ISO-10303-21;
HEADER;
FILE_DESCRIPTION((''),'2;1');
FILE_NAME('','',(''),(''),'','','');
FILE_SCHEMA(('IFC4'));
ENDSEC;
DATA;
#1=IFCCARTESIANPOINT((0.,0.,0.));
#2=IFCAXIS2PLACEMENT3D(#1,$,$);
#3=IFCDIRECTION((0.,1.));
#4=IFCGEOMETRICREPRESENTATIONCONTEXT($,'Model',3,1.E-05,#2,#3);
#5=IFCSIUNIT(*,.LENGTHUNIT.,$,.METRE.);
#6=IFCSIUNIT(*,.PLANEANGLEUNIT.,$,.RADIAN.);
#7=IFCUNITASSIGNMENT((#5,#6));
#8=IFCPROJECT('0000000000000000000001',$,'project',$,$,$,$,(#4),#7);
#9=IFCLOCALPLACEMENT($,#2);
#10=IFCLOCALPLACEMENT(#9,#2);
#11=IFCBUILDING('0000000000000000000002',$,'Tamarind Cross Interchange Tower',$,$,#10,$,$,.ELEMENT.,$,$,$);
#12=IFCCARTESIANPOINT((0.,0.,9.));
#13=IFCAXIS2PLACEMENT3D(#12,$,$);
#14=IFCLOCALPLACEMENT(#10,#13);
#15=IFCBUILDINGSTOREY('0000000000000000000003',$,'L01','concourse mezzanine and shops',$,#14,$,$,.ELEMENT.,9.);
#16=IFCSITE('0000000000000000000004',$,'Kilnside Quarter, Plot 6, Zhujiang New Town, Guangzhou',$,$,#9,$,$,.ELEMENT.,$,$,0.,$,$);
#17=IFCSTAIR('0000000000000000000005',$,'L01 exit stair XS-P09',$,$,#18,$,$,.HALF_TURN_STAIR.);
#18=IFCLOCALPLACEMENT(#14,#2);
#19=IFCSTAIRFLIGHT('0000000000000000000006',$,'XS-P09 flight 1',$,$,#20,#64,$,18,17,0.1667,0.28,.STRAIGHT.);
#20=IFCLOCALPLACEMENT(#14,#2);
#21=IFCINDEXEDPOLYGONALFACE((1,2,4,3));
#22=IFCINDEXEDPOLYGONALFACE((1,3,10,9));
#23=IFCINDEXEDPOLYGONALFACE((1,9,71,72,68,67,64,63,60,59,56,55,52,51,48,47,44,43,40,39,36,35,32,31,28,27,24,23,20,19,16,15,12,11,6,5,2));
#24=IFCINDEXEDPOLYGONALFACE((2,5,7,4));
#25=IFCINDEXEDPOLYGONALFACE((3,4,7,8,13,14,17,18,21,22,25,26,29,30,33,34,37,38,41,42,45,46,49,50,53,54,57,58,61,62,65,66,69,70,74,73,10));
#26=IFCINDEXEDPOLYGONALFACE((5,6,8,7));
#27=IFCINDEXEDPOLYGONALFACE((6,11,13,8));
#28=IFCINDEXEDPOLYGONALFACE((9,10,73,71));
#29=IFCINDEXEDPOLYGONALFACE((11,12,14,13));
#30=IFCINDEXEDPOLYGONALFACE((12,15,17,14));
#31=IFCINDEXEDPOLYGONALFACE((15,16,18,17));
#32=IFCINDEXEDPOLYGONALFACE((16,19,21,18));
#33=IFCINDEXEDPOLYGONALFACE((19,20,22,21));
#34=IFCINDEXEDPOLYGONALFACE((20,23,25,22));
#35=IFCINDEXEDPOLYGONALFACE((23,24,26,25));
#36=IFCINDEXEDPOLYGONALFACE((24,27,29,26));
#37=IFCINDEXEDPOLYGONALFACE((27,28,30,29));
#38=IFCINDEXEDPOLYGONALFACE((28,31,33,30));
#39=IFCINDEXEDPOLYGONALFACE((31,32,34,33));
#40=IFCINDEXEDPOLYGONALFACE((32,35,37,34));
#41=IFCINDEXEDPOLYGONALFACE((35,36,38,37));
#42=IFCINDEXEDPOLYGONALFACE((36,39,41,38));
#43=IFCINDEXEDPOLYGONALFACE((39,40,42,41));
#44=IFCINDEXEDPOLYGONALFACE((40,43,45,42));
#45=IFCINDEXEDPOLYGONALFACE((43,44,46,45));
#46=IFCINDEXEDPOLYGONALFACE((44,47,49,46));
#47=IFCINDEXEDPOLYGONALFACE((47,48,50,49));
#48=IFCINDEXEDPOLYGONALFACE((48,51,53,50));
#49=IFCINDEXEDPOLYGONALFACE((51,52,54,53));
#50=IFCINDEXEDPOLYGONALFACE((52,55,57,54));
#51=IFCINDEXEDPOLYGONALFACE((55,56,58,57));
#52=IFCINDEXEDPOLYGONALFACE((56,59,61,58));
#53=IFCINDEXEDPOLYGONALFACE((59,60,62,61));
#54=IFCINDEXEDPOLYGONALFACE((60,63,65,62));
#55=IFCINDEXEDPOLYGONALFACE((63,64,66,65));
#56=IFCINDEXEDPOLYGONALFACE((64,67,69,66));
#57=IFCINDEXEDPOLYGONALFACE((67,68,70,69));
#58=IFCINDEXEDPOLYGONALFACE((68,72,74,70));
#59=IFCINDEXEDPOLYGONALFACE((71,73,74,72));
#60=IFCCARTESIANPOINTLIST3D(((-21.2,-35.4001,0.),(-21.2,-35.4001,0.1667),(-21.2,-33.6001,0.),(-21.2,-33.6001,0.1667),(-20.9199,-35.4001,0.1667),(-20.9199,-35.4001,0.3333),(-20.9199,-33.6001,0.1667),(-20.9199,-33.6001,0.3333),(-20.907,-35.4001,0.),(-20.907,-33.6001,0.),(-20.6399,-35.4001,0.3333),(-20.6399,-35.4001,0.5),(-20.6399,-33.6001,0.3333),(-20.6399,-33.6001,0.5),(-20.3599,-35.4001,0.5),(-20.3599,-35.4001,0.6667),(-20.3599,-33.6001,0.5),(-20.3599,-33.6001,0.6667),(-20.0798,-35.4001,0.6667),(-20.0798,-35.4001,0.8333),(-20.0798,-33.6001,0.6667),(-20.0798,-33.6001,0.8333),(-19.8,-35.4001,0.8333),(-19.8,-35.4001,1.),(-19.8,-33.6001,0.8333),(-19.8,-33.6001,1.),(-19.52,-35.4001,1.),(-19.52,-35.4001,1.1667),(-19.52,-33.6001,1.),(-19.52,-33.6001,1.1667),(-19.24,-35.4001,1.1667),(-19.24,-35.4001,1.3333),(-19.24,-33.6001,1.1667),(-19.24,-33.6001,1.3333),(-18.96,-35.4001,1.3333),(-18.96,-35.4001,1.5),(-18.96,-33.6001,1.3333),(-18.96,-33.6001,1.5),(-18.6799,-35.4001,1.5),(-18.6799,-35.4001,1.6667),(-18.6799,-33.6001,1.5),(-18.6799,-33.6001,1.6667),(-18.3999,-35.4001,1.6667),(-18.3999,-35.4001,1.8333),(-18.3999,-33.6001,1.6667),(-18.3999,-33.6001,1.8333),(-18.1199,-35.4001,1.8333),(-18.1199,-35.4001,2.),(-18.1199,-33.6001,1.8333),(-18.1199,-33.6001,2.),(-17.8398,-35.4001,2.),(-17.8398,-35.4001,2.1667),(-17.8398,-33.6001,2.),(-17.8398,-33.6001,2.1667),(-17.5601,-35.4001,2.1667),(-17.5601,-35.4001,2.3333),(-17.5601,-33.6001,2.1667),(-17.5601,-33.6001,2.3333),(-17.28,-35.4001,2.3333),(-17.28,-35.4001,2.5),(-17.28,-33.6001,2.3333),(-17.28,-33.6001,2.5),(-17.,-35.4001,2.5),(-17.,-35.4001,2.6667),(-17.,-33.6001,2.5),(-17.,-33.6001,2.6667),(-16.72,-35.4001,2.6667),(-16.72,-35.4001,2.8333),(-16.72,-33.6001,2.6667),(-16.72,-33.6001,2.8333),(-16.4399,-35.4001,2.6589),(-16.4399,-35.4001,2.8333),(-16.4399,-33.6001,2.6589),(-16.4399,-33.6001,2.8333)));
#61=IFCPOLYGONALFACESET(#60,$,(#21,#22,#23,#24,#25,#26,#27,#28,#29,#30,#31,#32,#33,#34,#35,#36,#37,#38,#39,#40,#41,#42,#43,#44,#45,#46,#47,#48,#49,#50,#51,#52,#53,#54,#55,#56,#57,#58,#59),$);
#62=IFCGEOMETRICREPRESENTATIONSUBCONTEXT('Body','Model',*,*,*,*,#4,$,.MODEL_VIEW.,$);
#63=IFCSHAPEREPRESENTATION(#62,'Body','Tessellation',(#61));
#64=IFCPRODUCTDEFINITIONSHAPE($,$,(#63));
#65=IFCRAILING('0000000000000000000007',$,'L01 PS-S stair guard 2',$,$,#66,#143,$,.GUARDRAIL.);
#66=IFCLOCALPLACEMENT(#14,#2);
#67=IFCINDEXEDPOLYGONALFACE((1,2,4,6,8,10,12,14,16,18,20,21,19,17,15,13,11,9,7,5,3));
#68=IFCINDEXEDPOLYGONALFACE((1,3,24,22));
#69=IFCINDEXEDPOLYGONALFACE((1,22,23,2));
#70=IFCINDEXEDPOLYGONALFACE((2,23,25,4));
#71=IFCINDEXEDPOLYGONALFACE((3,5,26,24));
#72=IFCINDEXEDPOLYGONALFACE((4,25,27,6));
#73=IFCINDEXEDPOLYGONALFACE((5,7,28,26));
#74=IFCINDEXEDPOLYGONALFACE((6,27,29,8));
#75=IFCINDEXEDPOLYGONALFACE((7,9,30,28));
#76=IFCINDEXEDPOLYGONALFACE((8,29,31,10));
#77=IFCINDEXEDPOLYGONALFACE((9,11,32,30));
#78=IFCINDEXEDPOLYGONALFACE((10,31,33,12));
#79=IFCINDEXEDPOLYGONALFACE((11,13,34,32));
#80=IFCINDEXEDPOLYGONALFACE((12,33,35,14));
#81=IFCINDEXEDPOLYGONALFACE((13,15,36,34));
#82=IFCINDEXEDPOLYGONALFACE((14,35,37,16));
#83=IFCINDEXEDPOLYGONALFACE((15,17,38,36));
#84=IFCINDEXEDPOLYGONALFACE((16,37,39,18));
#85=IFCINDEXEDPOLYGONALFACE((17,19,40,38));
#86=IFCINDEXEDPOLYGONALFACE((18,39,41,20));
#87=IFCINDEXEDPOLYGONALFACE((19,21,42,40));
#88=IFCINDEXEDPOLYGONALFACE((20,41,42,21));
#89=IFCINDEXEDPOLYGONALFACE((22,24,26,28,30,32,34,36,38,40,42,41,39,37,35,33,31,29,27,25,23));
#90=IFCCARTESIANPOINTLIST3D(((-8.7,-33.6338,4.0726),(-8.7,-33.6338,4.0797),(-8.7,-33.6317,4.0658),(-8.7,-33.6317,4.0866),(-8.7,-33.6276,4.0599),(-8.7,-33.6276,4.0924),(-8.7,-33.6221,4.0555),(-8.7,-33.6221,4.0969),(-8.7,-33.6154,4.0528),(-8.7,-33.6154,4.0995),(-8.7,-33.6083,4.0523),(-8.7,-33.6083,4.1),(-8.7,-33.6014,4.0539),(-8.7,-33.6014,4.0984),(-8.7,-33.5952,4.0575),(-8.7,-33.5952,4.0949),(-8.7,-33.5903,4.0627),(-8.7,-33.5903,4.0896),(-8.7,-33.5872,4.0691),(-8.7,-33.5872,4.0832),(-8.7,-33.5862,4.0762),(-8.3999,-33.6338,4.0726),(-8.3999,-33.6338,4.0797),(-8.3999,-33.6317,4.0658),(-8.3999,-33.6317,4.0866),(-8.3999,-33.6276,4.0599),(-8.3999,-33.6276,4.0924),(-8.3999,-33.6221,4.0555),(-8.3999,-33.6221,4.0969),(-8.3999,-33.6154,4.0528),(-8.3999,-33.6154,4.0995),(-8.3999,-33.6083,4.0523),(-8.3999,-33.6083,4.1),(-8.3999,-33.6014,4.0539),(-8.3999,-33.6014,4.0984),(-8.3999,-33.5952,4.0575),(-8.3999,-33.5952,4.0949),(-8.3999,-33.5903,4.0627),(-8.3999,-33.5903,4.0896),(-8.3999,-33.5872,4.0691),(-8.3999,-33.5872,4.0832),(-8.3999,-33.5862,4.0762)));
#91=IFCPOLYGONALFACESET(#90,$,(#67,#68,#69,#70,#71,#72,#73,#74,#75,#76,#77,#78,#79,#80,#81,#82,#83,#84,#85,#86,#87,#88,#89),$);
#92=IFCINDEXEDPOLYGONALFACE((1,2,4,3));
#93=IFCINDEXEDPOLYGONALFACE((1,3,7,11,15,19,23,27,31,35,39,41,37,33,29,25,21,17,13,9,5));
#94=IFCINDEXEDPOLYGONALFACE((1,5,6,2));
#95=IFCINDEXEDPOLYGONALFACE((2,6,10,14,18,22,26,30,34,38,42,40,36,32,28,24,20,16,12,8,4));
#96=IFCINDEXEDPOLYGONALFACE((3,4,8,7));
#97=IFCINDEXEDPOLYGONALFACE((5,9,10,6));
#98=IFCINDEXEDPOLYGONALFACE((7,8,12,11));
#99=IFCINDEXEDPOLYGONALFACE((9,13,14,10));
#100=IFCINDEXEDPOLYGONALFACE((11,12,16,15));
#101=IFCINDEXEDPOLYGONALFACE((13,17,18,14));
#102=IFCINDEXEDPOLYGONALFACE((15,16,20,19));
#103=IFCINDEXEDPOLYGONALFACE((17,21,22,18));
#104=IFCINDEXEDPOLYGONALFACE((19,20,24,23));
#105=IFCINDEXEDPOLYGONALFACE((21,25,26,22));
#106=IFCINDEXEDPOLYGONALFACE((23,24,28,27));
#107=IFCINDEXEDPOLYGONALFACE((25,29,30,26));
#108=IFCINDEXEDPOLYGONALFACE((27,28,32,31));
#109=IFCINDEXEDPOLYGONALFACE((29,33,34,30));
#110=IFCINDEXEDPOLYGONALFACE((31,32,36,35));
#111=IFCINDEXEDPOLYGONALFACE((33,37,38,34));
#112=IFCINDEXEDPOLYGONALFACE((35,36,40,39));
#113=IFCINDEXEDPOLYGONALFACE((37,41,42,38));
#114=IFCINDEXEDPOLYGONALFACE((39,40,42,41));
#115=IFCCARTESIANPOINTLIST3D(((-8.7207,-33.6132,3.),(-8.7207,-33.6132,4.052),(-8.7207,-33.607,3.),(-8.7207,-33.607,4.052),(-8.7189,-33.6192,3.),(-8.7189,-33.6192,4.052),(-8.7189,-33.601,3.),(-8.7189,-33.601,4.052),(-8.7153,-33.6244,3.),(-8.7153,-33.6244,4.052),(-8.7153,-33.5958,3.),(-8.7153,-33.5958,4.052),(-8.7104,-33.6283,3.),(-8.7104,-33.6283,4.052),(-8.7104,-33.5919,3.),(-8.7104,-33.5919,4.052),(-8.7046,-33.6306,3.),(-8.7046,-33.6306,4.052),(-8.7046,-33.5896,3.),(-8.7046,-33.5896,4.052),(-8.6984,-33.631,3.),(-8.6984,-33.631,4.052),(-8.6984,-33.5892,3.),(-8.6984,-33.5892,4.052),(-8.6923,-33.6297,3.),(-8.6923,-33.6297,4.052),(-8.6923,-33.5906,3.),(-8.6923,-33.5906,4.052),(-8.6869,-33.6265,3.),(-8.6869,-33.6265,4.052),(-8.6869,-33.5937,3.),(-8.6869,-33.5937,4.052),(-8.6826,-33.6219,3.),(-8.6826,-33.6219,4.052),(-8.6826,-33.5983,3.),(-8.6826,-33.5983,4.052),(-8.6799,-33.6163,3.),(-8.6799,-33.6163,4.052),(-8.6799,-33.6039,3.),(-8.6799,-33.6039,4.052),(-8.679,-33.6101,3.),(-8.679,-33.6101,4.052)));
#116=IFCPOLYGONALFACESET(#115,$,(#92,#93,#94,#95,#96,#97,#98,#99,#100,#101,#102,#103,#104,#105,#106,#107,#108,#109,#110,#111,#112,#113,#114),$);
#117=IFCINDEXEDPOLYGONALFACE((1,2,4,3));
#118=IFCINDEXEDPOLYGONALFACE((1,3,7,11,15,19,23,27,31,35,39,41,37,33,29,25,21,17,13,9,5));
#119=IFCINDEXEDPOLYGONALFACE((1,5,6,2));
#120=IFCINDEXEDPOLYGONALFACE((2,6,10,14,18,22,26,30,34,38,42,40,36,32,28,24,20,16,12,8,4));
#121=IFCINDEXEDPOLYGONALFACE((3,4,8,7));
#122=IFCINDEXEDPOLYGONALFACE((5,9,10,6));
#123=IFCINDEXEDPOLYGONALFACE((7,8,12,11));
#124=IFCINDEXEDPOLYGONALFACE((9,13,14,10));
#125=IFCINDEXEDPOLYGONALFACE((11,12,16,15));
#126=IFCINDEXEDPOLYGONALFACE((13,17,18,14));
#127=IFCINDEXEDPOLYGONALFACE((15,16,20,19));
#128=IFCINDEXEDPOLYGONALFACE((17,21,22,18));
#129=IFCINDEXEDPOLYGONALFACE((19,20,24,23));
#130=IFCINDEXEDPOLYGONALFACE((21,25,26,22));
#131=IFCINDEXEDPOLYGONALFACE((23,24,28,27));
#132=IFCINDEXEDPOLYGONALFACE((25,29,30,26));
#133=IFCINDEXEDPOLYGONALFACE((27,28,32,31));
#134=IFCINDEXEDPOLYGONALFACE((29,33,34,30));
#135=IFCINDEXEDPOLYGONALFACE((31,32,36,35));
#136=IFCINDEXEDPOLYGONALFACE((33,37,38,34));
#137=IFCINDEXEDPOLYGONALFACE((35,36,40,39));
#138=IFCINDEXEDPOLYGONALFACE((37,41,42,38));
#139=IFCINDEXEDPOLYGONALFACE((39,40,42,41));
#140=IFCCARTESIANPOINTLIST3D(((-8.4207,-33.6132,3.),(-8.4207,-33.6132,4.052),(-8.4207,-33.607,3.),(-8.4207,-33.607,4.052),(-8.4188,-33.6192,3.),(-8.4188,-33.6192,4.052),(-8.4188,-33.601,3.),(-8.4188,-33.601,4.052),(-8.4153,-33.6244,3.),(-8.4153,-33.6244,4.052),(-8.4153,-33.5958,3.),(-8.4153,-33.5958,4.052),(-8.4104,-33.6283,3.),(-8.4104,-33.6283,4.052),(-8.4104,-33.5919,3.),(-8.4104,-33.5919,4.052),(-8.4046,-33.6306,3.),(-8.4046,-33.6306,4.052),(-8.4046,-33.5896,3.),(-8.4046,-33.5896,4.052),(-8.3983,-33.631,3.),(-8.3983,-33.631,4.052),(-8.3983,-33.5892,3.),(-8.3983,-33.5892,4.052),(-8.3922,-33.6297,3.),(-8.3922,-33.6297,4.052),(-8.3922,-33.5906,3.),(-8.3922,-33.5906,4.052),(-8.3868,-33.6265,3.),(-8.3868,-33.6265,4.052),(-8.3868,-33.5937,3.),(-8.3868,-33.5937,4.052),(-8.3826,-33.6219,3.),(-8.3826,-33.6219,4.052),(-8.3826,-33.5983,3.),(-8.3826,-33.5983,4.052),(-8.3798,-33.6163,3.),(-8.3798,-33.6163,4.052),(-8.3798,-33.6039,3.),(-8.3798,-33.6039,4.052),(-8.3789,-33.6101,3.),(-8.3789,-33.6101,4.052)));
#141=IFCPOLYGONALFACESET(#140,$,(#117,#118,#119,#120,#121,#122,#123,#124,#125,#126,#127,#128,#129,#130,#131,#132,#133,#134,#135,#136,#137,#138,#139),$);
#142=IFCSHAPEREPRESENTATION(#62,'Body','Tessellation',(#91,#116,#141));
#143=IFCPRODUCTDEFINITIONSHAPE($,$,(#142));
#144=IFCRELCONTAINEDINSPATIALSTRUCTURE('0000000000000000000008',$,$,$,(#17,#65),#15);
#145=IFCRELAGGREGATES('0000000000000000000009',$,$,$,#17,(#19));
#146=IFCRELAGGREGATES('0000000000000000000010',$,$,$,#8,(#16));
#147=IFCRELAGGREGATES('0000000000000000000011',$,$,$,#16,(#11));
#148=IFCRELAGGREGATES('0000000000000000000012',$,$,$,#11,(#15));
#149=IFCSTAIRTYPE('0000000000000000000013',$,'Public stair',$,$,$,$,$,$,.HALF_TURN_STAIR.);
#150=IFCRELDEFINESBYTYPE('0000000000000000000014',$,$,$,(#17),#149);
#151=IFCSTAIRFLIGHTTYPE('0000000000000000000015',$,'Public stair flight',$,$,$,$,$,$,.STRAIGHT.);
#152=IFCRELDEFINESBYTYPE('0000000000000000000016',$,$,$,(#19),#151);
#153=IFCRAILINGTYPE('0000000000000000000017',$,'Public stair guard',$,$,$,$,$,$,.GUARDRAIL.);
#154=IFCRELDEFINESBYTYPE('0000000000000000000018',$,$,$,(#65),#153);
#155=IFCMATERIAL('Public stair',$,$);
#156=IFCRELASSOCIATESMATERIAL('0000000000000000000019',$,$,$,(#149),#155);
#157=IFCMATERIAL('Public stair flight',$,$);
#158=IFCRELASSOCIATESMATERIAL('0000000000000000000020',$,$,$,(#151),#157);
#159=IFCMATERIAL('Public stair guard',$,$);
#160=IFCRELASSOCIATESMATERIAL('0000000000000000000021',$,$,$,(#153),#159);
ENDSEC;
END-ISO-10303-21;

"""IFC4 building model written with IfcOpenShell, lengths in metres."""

from ifc_helpers import new_model, si_unit, direction, frame, origin, origin_2d, place, context, subcontext, project, spatial, polyline, circle, outline, extrude, material, type_object, element, aggregate, save


model = new_model("IFC4")

# Units and contexts
model_context = context("Model", 3, precision=1e-05, world=origin(), true_north=direction((0.0, 1.0)))
body_context = subcontext(model_context, "Body", "Model", "MODEL_VIEW")
ifc_project = project(units=[si_unit("LENGTHUNIT", "METRE"), si_unit("PLANEANGLEUNIT", "RADIAN")], contexts=[model_context])

# Site, building, storey
site_placement = place(None, origin())
site = spatial("IfcSite", under=ifc_project, at=site_placement, Name="Kilnside Quarter, Plot 6, Zhujiang New Town, Guangzhou", CompositionType="ELEMENT", RefElevation=0.0)
building_placement = place(site_placement, origin())
building = spatial("IfcBuilding", under=site, at=building_placement, Name="Tamarind Cross Interchange Tower", CompositionType="ELEMENT")
storey_placement = place(building_placement, frame((0.0, 0.0, 9.0)))
storey = spatial("IfcBuildingStorey", under=building, at=storey_placement, Name="L01", Description="concourse mezzanine and shops", CompositionType="ELEMENT", Elevation=9.0)

# Stair, stair flight
ifc_material_1 = material(Name="Public stair")
stair_type = type_object("IfcStairType", Name="Public stair", PredefinedType="HALF_TURN_STAIR", material=ifc_material_1)
stair_placement = place(storey_placement, origin())
stair = element("IfcStair", 1, at=stair_placement, inside=storey, type_object=stair_type, Name="L01 exit stair XS-P09", PredefinedType="HALF_TURN_STAIR")
ifc_material_2 = material(Name="Public stair flight")
stair_flight_type = type_object("IfcStairFlightType", Name="Public stair flight", PredefinedType="STRAIGHT", material=ifc_material_2)
stair_flight_placement = place(storey_placement, frame((-21.2, -34.5, 0.0), z_axis=(0.0, 0.0, 1.0), x_axis=(1.0, 0.0, 0.0)))
stair_flight = element("IfcStairFlight", 2, at=stair_flight_placement, type_object=stair_flight_type, Name="XS-P09 flight 1", NumberOfRisers=18, NumberOfTreads=17, PredefinedType="STRAIGHT", RiserHeight=0.1667, TreadLength=0.28, context=body_context, shape_type="SweptSolid", body=[
    extrude(outline(polyline([(0.0, 0.0), (0.0, 0.1667), (0.28, 0.1667), (0.28, 0.3333), (0.5601, 0.3333), (0.5601, 0.5), (0.8401, 0.5), (0.8401, 0.6667), (1.1201, 0.6667), (1.1201, 0.8333), (1.3999, 0.8333), (1.3999, 1.0), (1.6799, 1.0), (1.6799, 1.1667), (1.96, 1.1667), (1.96, 1.3333), (2.24, 1.3333), (2.24, 1.5), (2.52, 1.5), (2.52, 1.6667), (2.8, 1.6667), (2.8, 1.8333), (3.0801, 1.8333), (3.0801, 2.0), (3.3601, 2.0), (3.3601, 2.1667), (3.6399, 2.1667), (3.6399, 2.3333), (3.9199, 2.3333), (3.9199, 2.5), (4.2, 2.5), (4.2, 2.6667), (4.48, 2.6667), (4.48, 2.8333), (4.76, 2.8333), (4.76, 3.0), (4.76, 2.6589), (0.293, 0.0), (0.0, 0.0)])), frame((0.0, 0.8999, 0.0), z_axis=(0.0, -1.0, 0.0), x_axis=(1.0, 0.0, 0.0)), (0.0, 0.0, 1.0), 1.8),
])
aggregate(stair, [stair_flight])

# Railing
ifc_material_3 = material(Name="Public stair guard")
railing_type_1 = type_object("IfcRailingType", Name="Public stair guard", PredefinedType="GUARDRAIL", material=ifc_material_3)
railing_1_placement = place(storey_placement, frame((-8.7, -33.6101, 3.0)))
element("IfcRailing", 3, at=railing_1_placement, inside=storey, type_object=railing_type_1, Name="L01 PS-S stair guard 2", PredefinedType="GUARDRAIL", context=body_context, shape_type="SweptSolid", body=[
    extrude(circle(Radius=0.0239, at=origin_2d()), frame((0.0, 0.0, 1.0762), z_axis=(1.0, 0.0, 0.0), x_axis=(0.0, 1.0, 0.0)), (0.0, 0.0, 1.0), 0.3),
    extrude(circle(Radius=0.021, at=origin_2d()), origin(), (0.0, 0.0, 1.0), 1.052),
    extrude(circle(Radius=0.021, at=origin_2d()), frame((0.3, 0.0, 0.0)), (0.0, 0.0, 1.0), 1.052),
])

save(model, "model.ifc")
